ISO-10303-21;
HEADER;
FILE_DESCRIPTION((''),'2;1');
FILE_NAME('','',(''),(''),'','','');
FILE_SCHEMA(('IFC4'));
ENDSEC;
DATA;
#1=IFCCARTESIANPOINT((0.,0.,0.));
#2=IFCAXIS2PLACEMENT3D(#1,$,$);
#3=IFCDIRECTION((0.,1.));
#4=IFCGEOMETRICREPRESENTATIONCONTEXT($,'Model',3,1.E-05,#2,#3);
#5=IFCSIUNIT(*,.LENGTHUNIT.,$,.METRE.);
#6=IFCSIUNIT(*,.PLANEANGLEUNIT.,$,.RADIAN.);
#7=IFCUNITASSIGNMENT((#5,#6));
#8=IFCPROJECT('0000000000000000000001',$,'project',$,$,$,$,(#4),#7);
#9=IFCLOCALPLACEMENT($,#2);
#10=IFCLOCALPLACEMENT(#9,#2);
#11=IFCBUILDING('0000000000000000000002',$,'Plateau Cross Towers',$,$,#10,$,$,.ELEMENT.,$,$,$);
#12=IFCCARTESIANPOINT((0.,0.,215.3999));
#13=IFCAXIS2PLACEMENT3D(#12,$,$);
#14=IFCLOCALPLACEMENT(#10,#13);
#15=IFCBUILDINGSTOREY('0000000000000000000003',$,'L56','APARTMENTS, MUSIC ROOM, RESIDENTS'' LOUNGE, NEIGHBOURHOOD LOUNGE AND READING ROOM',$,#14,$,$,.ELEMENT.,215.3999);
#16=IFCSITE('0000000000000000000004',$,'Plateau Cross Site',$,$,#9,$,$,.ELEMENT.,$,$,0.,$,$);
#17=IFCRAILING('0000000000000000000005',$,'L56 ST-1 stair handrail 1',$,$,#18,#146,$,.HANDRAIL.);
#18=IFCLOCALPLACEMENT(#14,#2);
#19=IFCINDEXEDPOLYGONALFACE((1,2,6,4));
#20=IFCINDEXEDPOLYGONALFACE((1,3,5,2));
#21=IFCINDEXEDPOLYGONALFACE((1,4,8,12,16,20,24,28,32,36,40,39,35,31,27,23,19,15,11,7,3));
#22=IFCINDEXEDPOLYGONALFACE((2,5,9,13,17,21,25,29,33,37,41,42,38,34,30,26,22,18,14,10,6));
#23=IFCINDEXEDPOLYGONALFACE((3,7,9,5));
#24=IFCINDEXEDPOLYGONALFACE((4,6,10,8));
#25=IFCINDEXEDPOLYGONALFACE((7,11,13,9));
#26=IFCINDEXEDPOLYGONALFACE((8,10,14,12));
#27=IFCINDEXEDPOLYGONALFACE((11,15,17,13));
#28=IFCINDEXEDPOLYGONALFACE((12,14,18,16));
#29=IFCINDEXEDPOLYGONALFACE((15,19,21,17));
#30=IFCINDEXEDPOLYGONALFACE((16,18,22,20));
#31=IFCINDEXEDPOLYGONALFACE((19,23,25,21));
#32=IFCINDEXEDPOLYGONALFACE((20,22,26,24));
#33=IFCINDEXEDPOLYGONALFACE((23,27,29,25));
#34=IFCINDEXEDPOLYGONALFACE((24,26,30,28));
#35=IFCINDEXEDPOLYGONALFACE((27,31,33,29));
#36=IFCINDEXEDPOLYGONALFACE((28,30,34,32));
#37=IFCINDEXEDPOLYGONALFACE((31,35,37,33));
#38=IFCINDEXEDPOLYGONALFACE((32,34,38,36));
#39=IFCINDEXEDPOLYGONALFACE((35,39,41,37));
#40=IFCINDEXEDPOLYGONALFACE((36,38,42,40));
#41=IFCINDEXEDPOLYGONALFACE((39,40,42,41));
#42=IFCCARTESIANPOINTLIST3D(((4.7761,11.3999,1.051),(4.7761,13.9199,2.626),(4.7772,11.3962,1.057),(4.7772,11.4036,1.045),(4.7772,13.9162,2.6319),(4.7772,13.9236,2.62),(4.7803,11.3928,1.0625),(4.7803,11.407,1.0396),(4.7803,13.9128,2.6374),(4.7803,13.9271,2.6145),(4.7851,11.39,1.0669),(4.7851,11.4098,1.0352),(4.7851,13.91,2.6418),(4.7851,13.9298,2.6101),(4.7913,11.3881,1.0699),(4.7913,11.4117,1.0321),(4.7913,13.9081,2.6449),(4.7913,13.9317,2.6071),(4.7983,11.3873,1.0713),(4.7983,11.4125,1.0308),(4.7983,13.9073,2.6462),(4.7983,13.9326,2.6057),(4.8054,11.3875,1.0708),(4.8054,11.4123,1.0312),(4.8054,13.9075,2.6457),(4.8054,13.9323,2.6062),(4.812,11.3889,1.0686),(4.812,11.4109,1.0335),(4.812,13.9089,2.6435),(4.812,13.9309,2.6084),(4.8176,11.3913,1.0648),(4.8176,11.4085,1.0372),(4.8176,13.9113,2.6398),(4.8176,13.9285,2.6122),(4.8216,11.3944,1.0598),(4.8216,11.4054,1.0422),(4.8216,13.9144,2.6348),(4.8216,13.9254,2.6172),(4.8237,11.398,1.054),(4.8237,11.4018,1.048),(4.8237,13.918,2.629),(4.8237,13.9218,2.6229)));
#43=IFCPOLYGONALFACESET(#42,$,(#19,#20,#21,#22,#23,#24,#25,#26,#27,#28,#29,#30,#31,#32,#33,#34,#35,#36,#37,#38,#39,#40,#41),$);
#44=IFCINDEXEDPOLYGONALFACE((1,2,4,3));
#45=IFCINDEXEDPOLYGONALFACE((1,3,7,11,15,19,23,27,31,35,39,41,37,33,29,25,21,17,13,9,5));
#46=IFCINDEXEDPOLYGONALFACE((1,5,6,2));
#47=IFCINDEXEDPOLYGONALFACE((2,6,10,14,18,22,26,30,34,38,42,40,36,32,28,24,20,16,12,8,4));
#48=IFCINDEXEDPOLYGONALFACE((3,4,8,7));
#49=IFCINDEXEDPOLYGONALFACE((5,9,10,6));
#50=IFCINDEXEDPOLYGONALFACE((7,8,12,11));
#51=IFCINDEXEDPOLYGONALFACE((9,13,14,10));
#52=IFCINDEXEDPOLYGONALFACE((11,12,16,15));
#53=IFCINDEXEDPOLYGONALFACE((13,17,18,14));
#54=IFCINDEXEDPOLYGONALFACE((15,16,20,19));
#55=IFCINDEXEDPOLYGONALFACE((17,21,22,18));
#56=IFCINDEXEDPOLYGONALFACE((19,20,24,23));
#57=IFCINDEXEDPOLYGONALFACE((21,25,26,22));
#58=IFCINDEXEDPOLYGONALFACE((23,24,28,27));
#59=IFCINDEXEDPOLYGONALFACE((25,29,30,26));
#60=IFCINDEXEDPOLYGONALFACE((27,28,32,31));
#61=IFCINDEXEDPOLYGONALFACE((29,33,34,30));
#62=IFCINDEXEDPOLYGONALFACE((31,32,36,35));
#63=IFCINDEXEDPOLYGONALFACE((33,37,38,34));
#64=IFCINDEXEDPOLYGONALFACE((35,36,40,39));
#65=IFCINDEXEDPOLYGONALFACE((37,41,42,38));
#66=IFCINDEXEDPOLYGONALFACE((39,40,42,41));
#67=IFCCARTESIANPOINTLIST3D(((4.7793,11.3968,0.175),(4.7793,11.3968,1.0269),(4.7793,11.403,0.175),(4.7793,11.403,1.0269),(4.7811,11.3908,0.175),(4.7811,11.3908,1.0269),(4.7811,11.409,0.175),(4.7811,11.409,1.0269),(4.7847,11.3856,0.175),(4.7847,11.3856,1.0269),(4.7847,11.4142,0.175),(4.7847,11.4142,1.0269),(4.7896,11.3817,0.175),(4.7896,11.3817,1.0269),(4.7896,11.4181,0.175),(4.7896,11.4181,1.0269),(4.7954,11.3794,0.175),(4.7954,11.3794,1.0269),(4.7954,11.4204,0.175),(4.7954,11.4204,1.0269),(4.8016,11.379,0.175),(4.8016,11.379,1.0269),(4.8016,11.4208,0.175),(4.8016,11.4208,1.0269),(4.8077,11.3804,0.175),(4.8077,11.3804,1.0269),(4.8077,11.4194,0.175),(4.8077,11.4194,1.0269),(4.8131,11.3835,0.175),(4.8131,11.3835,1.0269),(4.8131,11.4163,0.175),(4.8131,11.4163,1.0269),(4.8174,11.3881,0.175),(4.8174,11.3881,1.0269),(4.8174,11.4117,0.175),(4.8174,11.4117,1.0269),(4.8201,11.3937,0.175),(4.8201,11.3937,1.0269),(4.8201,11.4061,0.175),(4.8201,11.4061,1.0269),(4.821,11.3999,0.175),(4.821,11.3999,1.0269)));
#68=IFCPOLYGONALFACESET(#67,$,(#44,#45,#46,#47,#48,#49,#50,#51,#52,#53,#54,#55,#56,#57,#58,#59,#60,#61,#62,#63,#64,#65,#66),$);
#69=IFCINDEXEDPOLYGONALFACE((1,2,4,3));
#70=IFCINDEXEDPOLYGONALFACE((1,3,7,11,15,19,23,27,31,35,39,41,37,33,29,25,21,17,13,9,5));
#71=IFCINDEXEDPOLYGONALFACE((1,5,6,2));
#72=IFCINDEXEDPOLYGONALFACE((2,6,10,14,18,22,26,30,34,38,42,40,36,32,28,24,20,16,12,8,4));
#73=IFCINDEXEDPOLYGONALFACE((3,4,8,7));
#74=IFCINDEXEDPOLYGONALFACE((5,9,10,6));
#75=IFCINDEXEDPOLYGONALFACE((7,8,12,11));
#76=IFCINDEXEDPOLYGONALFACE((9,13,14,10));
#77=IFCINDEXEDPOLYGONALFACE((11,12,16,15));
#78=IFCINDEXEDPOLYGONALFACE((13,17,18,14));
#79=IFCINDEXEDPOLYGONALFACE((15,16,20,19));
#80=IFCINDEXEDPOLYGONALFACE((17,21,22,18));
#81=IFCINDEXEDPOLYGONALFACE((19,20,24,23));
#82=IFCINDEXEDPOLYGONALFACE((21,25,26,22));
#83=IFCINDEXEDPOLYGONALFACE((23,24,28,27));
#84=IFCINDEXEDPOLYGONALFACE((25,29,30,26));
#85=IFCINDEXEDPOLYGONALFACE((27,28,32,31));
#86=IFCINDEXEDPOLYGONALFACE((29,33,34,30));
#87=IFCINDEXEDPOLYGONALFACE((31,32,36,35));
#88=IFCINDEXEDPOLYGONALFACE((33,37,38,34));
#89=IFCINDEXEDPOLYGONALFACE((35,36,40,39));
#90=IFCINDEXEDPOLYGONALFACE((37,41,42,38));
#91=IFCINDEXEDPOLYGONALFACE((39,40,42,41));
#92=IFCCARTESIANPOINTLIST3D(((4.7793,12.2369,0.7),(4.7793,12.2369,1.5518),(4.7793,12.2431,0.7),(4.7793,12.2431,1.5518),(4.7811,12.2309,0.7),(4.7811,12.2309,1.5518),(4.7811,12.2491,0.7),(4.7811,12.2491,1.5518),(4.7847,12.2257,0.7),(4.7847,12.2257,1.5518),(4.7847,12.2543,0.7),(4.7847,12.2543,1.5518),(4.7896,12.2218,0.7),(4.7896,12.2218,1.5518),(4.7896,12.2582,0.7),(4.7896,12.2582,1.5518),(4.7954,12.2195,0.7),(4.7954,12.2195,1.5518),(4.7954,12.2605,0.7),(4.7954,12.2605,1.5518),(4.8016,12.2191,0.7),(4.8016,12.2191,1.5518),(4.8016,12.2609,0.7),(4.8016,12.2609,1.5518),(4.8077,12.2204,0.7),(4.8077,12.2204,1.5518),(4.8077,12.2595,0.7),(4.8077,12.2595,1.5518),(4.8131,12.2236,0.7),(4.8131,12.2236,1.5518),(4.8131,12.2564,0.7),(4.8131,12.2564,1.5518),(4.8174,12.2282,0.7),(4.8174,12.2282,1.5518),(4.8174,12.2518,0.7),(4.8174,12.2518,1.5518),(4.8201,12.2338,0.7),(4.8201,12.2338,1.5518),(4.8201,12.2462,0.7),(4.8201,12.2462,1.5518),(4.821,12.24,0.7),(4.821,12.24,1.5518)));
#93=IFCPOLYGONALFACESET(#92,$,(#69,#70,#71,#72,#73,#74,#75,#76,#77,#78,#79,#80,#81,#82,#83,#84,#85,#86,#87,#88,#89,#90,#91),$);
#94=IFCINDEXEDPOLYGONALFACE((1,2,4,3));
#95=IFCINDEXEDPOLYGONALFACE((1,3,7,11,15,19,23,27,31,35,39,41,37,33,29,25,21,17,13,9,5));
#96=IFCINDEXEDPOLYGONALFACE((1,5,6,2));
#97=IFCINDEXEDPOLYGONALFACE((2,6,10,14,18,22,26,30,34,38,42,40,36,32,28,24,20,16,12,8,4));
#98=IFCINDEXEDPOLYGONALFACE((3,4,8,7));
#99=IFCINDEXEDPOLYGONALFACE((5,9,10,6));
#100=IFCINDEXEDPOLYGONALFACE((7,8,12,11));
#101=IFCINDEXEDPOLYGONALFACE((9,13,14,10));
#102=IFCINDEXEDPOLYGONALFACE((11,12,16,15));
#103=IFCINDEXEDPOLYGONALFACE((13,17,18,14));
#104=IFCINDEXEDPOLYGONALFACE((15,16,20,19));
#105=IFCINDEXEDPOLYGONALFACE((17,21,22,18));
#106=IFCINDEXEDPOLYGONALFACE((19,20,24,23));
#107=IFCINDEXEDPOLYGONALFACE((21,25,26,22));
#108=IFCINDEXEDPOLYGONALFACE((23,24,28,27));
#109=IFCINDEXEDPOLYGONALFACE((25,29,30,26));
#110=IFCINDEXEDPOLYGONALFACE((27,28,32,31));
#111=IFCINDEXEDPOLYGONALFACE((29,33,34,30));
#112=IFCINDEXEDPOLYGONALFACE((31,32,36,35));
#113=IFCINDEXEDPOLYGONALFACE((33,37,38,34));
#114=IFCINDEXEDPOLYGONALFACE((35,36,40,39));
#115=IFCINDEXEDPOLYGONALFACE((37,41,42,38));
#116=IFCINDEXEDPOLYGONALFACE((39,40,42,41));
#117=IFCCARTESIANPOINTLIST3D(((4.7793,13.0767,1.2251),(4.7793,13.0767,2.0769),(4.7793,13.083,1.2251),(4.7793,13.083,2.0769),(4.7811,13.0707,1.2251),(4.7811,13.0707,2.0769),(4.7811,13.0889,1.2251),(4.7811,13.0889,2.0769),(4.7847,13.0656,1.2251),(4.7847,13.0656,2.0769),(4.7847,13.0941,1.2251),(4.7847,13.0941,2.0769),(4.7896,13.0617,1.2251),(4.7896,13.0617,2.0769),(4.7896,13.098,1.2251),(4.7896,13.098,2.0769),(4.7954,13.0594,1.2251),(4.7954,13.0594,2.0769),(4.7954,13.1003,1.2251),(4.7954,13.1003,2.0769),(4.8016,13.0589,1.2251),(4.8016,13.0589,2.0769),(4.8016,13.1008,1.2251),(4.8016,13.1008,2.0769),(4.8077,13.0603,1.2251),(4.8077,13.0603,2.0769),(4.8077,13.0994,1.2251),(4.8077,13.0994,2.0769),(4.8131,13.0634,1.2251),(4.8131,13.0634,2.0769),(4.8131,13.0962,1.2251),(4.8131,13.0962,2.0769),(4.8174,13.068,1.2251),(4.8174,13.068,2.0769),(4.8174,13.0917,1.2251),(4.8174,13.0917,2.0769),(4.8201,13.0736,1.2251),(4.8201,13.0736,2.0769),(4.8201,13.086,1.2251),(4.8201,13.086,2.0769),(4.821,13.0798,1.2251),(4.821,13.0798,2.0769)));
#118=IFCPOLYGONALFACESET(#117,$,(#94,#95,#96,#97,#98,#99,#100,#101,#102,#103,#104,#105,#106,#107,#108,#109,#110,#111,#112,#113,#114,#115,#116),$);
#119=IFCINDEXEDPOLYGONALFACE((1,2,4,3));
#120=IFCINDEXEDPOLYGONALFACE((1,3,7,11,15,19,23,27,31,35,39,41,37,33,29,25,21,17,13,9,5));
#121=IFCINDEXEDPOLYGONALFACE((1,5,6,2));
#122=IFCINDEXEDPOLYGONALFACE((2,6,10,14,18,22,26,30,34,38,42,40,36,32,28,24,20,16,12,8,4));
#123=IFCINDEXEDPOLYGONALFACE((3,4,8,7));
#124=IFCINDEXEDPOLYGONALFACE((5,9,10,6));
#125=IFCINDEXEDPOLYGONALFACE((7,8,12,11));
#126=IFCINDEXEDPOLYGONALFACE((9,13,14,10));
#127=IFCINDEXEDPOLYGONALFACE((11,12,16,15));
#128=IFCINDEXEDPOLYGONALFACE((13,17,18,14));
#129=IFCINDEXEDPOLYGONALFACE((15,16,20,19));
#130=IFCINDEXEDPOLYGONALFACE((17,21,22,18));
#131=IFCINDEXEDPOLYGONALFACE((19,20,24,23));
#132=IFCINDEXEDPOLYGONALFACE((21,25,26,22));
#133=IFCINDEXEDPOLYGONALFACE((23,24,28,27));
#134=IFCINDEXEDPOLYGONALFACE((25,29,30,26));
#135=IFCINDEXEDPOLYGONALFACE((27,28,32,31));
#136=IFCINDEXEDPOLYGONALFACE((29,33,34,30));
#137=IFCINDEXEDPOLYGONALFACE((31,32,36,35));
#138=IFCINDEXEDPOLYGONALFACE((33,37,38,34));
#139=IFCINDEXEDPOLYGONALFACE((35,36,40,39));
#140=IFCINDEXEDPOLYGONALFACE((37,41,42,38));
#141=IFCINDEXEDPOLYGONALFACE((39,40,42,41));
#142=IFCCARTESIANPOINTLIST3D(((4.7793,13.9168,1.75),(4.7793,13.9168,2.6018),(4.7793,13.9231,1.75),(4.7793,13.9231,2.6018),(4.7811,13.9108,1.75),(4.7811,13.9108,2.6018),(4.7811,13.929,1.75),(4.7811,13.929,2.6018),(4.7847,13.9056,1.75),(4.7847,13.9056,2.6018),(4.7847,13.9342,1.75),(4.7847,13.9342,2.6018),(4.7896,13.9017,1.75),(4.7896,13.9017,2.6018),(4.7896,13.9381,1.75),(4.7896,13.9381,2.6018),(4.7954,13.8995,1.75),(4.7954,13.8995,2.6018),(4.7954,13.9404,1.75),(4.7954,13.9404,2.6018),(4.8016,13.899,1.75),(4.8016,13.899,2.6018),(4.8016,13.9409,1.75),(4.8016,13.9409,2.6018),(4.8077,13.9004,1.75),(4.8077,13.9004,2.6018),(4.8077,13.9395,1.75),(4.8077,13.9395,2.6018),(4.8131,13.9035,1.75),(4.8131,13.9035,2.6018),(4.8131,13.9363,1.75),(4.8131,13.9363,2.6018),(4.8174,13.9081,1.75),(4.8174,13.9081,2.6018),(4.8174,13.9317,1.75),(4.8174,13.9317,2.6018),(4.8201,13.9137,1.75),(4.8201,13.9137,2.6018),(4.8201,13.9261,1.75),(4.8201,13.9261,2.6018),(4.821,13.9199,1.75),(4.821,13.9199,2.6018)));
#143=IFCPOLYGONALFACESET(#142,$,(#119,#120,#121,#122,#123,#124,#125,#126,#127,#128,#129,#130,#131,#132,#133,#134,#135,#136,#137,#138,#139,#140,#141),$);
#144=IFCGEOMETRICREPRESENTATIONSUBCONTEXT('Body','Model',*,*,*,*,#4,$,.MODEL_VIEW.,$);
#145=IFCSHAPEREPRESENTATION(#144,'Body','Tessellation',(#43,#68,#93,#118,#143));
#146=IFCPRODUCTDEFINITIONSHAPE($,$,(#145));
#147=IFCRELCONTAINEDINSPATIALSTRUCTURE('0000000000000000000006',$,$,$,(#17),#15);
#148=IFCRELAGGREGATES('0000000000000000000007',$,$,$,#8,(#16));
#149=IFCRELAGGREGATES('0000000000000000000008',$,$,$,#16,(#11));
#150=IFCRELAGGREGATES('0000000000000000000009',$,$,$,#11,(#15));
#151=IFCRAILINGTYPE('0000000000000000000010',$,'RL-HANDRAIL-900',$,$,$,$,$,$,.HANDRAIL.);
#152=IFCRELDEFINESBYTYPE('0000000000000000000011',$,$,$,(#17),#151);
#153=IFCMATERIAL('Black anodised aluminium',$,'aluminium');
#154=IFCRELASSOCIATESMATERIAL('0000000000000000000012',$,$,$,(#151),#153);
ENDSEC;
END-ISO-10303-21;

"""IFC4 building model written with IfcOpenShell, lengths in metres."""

from ifc_helpers import new_model, si_unit, direction, frame, origin, origin_2d, place, context, subcontext, project, spatial, circle, extrude, material, type_object, element, save


model = new_model("IFC4")

# Units and contexts
model_context = context("Model", 3, precision=1e-05, world=origin(), true_north=direction((0.0, 1.0)))
body_context = subcontext(model_context, "Body", "Model", "MODEL_VIEW")
ifc_project = project(units=[si_unit("LENGTHUNIT", "METRE"), si_unit("PLANEANGLEUNIT", "RADIAN")], contexts=[model_context])

# Site, building, storey
site_placement = place(None, origin())
site = spatial("IfcSite", under=ifc_project, at=site_placement, Name="Plateau Cross Site", CompositionType="ELEMENT", RefElevation=0.0)
building_placement = place(site_placement, origin())
building = spatial("IfcBuilding", under=site, at=building_placement, Name="Plateau Cross Towers", CompositionType="ELEMENT")
storey_placement = place(building_placement, frame((0.0, 0.0, 215.3999)))
storey = spatial("IfcBuildingStorey", under=building, at=storey_placement, Name="L56", Description="APARTMENTS, MUSIC ROOM, RESIDENTS' LOUNGE, NEIGHBOURHOOD LOUNGE AND READING ROOM", CompositionType="ELEMENT", Elevation=215.3999)

# Shared definitions
ifc_material_1 = material(Name="Black anodised aluminium", Category="aluminium")

# Railing
railing_type_1 = type_object("IfcRailingType", Name="RL-HANDRAIL-900", PredefinedType="HANDRAIL", material=ifc_material_1)
railing_1_placement = place(storey_placement, frame((4.8, 11.3999, 0.175)))
element("IfcRailing", 1, at=railing_1_placement, inside=storey, type_object=railing_type_1, Name="L56 ST-1 stair handrail 1", PredefinedType="HANDRAIL", context=body_context, shape_type="SweptSolid", body=[
    extrude(circle(Radius=0.0239, at=origin_2d()), frame((0.0, 0.0, 0.876), z_axis=(0.0, 0.848008, 0.529984), x_axis=(-1.0, 0.0, 0.0)), (0.0, 0.0, 1.0), 2.9717),
    extrude(circle(Radius=0.021, at=origin_2d()), origin(), (0.0, 0.0, 1.0), 0.8518),
    extrude(circle(Radius=0.021, at=origin_2d()), frame((0.0, 0.8401, 0.5249)), (0.0, 0.0, 1.0), 0.8518),
    extrude(circle(Radius=0.021, at=origin_2d()), frame((0.0, 1.6799, 1.05)), (0.0, 0.0, 1.0), 0.8518),
    extrude(circle(Radius=0.021, at=origin_2d()), frame((0.0, 2.52, 1.575)), (0.0, 0.0, 1.0), 0.8518),
])

save(model, "model.ifc")
